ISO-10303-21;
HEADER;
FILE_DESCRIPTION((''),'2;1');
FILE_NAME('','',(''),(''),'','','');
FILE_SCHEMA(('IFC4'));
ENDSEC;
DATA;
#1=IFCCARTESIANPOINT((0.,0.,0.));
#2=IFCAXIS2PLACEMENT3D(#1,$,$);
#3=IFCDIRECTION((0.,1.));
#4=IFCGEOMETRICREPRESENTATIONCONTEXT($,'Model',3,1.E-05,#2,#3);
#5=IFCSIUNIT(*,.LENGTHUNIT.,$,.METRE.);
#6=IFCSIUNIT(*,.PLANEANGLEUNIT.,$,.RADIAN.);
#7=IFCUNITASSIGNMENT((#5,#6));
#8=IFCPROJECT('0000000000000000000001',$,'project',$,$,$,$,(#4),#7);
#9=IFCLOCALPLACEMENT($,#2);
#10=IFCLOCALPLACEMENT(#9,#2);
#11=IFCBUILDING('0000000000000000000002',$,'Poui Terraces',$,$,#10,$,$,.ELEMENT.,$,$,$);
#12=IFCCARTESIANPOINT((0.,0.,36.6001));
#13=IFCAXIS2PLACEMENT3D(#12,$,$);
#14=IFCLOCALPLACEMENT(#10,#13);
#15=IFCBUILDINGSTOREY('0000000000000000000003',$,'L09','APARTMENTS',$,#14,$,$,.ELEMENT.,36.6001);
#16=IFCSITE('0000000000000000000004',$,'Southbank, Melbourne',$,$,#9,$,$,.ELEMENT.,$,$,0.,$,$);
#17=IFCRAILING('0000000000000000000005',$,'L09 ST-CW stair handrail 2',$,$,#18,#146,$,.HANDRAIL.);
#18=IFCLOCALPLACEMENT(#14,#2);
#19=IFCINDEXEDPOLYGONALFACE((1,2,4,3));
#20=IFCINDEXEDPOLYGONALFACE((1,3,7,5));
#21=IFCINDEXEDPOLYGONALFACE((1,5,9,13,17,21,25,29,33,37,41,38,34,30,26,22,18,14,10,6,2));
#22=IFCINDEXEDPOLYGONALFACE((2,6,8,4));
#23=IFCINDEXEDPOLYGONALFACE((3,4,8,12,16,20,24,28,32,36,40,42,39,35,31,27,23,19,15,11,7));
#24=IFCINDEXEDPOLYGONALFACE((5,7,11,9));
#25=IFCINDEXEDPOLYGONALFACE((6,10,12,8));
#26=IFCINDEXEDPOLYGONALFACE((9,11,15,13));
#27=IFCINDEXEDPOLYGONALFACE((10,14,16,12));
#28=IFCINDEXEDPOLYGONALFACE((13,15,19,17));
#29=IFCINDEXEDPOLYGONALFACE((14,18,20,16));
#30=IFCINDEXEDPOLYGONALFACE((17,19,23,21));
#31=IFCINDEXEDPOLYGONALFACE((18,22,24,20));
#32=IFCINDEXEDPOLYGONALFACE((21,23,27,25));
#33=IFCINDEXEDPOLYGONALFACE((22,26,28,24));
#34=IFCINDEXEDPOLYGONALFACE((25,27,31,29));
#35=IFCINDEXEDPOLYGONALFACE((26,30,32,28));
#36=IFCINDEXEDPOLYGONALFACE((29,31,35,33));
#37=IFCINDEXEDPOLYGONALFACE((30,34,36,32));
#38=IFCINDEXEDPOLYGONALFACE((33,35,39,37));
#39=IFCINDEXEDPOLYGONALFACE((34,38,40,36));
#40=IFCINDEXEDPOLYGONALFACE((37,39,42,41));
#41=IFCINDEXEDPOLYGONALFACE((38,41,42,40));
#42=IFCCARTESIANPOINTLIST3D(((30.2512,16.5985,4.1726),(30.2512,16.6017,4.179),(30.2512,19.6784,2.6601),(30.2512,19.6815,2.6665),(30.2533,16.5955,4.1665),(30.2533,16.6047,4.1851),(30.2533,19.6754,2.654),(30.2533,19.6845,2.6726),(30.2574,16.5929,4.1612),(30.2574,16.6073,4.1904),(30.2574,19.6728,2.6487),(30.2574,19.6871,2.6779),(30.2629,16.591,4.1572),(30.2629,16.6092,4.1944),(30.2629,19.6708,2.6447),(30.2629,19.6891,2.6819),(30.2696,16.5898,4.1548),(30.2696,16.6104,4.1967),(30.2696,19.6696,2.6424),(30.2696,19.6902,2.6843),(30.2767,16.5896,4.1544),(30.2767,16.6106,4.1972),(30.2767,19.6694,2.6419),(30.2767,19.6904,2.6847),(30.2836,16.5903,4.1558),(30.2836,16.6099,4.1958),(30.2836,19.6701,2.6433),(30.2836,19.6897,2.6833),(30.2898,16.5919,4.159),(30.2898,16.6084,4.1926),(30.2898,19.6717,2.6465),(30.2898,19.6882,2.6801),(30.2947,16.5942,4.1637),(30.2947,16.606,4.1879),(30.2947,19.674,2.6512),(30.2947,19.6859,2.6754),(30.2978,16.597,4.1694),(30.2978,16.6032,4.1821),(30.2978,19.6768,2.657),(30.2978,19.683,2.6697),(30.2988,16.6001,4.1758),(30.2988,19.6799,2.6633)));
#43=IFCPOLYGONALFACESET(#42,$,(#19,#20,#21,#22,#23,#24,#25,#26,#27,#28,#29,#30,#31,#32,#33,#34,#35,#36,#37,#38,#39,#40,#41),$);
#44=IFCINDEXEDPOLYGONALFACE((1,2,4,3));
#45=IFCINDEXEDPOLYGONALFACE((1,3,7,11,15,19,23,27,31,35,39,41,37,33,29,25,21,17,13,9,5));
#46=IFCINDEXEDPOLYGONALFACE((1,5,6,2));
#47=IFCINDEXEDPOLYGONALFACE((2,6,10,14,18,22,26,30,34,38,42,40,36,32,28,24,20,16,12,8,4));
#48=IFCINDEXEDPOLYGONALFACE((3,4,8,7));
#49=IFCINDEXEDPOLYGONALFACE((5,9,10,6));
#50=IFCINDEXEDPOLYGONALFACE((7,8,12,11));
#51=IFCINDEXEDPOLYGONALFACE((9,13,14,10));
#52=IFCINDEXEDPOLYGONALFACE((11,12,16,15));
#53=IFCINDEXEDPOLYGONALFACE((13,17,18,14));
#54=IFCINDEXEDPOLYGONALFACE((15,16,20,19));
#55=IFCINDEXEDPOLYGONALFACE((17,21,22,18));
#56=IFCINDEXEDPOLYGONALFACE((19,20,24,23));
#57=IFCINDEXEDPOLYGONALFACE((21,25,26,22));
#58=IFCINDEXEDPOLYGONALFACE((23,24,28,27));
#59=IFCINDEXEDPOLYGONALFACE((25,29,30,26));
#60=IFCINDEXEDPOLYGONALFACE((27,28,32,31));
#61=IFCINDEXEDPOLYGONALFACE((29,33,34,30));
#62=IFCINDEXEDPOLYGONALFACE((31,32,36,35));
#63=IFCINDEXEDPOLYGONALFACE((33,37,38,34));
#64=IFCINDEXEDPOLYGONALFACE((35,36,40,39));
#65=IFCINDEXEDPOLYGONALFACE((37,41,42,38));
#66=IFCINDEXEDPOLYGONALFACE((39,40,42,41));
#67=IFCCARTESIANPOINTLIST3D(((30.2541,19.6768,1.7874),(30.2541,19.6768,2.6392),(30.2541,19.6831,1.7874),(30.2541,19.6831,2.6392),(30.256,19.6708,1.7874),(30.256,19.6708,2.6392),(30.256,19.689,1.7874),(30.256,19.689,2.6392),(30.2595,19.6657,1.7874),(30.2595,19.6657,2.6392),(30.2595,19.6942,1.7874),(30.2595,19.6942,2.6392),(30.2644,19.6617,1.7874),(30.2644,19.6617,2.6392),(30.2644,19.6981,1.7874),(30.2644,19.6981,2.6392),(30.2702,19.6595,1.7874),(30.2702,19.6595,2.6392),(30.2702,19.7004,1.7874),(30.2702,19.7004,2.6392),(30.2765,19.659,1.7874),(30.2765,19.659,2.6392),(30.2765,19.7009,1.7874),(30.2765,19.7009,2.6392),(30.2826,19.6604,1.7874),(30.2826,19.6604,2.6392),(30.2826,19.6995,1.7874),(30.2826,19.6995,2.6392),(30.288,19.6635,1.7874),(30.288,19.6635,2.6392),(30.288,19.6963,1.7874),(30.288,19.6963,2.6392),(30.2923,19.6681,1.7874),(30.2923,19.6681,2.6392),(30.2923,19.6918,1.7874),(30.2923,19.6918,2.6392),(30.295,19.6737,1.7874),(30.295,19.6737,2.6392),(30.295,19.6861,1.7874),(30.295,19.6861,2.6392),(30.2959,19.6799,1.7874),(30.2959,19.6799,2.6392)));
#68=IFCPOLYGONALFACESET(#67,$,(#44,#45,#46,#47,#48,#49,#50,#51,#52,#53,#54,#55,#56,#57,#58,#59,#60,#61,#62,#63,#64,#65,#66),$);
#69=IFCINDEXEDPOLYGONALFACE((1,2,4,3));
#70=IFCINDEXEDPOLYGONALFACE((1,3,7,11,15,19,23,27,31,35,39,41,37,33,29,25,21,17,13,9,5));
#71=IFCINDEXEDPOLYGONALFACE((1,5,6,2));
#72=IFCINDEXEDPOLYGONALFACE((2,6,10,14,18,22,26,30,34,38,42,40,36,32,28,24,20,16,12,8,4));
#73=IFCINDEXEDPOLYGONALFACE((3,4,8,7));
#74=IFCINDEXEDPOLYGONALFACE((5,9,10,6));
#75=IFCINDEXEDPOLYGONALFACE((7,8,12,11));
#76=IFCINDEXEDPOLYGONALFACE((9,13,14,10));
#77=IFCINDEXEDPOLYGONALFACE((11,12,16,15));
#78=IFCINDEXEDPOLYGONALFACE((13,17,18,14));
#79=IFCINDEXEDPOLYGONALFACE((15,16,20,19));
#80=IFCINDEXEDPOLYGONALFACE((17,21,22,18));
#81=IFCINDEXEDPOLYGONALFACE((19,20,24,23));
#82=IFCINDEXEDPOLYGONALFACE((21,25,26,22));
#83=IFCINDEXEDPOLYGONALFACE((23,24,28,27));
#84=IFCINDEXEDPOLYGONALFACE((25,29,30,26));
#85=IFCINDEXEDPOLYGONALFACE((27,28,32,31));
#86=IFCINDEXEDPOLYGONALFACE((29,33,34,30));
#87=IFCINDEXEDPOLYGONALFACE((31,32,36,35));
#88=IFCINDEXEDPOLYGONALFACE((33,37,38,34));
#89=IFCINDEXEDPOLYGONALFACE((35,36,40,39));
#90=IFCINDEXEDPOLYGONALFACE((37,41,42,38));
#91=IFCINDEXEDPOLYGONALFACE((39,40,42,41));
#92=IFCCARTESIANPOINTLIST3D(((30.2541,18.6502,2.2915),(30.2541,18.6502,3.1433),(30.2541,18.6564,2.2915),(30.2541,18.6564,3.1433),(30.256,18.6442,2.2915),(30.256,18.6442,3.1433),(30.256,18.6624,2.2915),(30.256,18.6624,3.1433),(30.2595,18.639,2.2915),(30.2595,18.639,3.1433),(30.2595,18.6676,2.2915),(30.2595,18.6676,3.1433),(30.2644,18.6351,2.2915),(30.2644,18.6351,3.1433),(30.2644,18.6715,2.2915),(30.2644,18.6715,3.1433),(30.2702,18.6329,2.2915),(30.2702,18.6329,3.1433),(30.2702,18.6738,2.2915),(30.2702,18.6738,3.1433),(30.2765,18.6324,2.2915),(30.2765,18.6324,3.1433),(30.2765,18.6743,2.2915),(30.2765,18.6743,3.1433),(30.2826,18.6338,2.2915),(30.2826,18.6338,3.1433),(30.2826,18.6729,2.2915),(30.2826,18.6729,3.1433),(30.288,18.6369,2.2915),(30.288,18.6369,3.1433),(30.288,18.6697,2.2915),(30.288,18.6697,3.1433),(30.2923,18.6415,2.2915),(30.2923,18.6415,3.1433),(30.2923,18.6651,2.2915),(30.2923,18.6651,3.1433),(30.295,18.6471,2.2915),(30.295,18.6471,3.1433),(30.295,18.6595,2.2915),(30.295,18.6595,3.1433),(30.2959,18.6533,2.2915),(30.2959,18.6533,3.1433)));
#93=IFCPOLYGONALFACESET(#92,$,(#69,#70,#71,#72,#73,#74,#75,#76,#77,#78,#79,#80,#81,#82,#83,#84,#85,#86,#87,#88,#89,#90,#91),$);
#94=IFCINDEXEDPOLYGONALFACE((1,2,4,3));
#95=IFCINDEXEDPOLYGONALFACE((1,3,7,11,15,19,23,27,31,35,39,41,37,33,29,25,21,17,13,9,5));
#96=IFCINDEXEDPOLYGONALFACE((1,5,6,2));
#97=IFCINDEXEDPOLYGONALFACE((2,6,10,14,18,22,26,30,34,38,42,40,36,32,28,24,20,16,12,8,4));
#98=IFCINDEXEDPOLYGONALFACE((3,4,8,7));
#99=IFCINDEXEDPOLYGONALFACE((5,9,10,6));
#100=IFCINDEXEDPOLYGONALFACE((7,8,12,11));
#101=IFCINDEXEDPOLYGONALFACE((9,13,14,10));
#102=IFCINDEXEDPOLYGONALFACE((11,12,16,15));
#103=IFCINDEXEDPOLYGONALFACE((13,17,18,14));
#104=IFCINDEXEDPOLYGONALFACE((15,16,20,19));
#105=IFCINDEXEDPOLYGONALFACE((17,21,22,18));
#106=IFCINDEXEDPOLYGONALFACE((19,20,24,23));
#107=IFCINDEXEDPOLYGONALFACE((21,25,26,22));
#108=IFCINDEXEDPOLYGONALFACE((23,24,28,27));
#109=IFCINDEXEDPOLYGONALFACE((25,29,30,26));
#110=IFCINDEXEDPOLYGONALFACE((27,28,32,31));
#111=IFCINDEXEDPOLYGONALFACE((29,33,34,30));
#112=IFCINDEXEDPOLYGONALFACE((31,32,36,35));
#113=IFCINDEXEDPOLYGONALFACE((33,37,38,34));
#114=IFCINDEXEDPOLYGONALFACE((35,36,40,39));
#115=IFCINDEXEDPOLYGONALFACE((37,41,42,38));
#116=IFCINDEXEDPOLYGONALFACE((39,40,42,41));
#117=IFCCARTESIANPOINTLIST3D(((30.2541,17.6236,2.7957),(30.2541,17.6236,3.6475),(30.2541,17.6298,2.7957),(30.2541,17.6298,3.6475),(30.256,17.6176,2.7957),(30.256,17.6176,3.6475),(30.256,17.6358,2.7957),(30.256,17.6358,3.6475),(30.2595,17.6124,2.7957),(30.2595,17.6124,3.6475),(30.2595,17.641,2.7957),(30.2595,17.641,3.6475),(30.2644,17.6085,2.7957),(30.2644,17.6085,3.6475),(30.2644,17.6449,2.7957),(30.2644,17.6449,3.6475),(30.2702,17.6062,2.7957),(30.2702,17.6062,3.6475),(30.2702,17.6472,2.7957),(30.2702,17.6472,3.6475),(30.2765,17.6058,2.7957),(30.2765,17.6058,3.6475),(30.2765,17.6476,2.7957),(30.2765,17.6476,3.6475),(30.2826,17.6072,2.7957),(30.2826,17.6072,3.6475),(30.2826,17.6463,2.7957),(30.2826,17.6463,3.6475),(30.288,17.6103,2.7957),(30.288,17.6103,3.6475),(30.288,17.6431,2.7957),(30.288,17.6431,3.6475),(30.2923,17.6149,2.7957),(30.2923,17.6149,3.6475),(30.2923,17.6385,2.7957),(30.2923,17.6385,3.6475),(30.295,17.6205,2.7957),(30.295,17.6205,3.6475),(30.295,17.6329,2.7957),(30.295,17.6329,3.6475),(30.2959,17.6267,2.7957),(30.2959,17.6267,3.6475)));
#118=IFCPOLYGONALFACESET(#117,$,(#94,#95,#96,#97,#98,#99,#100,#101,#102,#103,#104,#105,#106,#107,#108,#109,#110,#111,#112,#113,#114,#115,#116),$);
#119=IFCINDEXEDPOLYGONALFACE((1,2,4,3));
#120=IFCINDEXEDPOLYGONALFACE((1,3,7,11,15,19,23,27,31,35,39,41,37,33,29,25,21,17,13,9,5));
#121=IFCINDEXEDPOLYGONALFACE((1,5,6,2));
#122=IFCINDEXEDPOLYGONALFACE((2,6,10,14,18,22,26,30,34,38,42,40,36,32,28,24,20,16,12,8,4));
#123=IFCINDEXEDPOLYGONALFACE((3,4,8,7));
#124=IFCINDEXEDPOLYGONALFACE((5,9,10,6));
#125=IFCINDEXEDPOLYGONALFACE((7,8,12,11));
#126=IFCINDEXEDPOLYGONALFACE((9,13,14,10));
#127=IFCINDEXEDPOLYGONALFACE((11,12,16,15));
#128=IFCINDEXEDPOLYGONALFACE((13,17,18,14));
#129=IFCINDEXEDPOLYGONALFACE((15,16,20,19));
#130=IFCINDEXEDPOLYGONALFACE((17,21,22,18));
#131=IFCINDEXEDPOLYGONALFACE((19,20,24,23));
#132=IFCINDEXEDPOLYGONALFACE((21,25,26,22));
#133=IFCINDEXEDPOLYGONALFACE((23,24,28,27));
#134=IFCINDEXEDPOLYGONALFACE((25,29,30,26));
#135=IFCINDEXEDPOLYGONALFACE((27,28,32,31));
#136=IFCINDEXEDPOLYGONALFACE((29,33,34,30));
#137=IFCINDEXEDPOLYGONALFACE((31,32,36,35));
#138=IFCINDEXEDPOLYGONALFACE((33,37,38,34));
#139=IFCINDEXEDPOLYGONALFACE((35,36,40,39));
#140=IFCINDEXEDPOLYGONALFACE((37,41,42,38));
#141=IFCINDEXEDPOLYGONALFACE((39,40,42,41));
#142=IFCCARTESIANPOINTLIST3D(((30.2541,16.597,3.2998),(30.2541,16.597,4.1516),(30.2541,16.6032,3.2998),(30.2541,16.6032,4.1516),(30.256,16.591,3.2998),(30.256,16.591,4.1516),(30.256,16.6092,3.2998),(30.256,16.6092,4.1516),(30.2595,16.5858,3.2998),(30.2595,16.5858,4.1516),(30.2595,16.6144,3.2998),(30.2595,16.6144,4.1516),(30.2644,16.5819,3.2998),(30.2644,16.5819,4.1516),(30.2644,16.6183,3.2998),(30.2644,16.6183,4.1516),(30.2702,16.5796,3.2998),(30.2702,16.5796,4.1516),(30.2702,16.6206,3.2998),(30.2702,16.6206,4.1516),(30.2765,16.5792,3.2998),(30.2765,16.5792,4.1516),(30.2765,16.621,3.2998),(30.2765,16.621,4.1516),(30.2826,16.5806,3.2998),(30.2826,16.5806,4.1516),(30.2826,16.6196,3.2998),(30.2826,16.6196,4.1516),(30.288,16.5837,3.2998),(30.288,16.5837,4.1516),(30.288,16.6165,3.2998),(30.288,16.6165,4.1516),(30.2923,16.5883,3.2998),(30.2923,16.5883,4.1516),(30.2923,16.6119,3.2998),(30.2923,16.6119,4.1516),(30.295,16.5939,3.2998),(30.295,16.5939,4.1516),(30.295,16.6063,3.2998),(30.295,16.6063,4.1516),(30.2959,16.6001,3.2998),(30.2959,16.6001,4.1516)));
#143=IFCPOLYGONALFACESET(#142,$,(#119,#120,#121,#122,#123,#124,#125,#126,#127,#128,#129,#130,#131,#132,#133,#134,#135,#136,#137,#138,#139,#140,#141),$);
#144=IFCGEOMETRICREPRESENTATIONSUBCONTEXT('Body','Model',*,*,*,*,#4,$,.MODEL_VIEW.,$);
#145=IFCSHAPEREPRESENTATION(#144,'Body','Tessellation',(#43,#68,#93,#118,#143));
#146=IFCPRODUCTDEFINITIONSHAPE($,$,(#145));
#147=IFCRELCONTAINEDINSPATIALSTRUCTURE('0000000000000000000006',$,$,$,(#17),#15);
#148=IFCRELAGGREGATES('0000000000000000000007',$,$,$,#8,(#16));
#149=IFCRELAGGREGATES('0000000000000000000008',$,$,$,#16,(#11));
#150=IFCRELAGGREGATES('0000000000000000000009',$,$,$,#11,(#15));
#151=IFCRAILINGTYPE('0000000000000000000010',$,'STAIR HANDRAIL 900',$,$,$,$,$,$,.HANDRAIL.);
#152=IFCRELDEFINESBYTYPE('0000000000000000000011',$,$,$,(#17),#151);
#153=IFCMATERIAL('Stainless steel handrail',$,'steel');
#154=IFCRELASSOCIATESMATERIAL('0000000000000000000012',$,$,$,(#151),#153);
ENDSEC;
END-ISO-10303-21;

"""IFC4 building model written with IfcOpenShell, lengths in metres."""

from ifc_helpers import new_model, si_unit, direction, frame, origin, origin_2d, place, context, subcontext, project, spatial, circle, extrude, material, type_object, element, save


model = new_model("IFC4")

# Units and contexts
model_context = context("Model", 3, precision=1e-05, world=origin(), true_north=direction((0.0, 1.0)))
body_context = subcontext(model_context, "Body", "Model", "MODEL_VIEW")
ifc_project = project(units=[si_unit("LENGTHUNIT", "METRE"), si_unit("PLANEANGLEUNIT", "RADIAN")], contexts=[model_context])

# Site, building, storey
site_placement = place(None, origin())
site = spatial("IfcSite", under=ifc_project, at=site_placement, Name="Southbank, Melbourne", CompositionType="ELEMENT", RefElevation=0.0)
building_placement = place(site_placement, origin())
building = spatial("IfcBuilding", under=site, at=building_placement, Name="Poui Terraces", CompositionType="ELEMENT")
storey_placement = place(building_placement, frame((0.0, 0.0, 36.6001)))
storey = spatial("IfcBuildingStorey", under=building, at=storey_placement, Name="L09", Description="APARTMENTS", CompositionType="ELEMENT", Elevation=36.6001)

# Railing
ifc_material_1 = material(Name="Stainless steel handrail", Category="steel")
railing_type_1 = type_object("IfcRailingType", Name="STAIR HANDRAIL 900", PredefinedType="HANDRAIL", material=ifc_material_1)
railing_1_placement = place(storey_placement, frame((30.2749, 19.6799, 1.7874)))
element("IfcRailing", 1, at=railing_1_placement, inside=storey, type_object=railing_type_1, Name="L09 ST-CW stair handrail 2", PredefinedType="HANDRAIL", context=body_context, shape_type="SweptSolid", body=[
    extrude(circle(Radius=0.0239, at=origin_2d()), frame((0.0, 0.0, 0.876), z_axis=(0.0, -0.897606, 0.440798), x_axis=(1.0, 0.0, 0.0)), (0.0, 0.0, 1.0), 3.4312),
    extrude(circle(Radius=0.021, at=origin_2d()), origin(), (0.0, 0.0, 1.0), 0.8518),
    extrude(circle(Radius=0.021, at=origin_2d()), frame((0.0, -1.0266, 0.5042)), (0.0, 0.0, 1.0), 0.8518),
    extrude(circle(Radius=0.021, at=origin_2d()), frame((0.0, -2.0532, 1.0083)), (0.0, 0.0, 1.0), 0.8518),
    extrude(circle(Radius=0.021, at=origin_2d()), frame((0.0, -3.0798, 1.5125)), (0.0, 0.0, 1.0), 0.8518),
])

save(model, "model.ifc")
